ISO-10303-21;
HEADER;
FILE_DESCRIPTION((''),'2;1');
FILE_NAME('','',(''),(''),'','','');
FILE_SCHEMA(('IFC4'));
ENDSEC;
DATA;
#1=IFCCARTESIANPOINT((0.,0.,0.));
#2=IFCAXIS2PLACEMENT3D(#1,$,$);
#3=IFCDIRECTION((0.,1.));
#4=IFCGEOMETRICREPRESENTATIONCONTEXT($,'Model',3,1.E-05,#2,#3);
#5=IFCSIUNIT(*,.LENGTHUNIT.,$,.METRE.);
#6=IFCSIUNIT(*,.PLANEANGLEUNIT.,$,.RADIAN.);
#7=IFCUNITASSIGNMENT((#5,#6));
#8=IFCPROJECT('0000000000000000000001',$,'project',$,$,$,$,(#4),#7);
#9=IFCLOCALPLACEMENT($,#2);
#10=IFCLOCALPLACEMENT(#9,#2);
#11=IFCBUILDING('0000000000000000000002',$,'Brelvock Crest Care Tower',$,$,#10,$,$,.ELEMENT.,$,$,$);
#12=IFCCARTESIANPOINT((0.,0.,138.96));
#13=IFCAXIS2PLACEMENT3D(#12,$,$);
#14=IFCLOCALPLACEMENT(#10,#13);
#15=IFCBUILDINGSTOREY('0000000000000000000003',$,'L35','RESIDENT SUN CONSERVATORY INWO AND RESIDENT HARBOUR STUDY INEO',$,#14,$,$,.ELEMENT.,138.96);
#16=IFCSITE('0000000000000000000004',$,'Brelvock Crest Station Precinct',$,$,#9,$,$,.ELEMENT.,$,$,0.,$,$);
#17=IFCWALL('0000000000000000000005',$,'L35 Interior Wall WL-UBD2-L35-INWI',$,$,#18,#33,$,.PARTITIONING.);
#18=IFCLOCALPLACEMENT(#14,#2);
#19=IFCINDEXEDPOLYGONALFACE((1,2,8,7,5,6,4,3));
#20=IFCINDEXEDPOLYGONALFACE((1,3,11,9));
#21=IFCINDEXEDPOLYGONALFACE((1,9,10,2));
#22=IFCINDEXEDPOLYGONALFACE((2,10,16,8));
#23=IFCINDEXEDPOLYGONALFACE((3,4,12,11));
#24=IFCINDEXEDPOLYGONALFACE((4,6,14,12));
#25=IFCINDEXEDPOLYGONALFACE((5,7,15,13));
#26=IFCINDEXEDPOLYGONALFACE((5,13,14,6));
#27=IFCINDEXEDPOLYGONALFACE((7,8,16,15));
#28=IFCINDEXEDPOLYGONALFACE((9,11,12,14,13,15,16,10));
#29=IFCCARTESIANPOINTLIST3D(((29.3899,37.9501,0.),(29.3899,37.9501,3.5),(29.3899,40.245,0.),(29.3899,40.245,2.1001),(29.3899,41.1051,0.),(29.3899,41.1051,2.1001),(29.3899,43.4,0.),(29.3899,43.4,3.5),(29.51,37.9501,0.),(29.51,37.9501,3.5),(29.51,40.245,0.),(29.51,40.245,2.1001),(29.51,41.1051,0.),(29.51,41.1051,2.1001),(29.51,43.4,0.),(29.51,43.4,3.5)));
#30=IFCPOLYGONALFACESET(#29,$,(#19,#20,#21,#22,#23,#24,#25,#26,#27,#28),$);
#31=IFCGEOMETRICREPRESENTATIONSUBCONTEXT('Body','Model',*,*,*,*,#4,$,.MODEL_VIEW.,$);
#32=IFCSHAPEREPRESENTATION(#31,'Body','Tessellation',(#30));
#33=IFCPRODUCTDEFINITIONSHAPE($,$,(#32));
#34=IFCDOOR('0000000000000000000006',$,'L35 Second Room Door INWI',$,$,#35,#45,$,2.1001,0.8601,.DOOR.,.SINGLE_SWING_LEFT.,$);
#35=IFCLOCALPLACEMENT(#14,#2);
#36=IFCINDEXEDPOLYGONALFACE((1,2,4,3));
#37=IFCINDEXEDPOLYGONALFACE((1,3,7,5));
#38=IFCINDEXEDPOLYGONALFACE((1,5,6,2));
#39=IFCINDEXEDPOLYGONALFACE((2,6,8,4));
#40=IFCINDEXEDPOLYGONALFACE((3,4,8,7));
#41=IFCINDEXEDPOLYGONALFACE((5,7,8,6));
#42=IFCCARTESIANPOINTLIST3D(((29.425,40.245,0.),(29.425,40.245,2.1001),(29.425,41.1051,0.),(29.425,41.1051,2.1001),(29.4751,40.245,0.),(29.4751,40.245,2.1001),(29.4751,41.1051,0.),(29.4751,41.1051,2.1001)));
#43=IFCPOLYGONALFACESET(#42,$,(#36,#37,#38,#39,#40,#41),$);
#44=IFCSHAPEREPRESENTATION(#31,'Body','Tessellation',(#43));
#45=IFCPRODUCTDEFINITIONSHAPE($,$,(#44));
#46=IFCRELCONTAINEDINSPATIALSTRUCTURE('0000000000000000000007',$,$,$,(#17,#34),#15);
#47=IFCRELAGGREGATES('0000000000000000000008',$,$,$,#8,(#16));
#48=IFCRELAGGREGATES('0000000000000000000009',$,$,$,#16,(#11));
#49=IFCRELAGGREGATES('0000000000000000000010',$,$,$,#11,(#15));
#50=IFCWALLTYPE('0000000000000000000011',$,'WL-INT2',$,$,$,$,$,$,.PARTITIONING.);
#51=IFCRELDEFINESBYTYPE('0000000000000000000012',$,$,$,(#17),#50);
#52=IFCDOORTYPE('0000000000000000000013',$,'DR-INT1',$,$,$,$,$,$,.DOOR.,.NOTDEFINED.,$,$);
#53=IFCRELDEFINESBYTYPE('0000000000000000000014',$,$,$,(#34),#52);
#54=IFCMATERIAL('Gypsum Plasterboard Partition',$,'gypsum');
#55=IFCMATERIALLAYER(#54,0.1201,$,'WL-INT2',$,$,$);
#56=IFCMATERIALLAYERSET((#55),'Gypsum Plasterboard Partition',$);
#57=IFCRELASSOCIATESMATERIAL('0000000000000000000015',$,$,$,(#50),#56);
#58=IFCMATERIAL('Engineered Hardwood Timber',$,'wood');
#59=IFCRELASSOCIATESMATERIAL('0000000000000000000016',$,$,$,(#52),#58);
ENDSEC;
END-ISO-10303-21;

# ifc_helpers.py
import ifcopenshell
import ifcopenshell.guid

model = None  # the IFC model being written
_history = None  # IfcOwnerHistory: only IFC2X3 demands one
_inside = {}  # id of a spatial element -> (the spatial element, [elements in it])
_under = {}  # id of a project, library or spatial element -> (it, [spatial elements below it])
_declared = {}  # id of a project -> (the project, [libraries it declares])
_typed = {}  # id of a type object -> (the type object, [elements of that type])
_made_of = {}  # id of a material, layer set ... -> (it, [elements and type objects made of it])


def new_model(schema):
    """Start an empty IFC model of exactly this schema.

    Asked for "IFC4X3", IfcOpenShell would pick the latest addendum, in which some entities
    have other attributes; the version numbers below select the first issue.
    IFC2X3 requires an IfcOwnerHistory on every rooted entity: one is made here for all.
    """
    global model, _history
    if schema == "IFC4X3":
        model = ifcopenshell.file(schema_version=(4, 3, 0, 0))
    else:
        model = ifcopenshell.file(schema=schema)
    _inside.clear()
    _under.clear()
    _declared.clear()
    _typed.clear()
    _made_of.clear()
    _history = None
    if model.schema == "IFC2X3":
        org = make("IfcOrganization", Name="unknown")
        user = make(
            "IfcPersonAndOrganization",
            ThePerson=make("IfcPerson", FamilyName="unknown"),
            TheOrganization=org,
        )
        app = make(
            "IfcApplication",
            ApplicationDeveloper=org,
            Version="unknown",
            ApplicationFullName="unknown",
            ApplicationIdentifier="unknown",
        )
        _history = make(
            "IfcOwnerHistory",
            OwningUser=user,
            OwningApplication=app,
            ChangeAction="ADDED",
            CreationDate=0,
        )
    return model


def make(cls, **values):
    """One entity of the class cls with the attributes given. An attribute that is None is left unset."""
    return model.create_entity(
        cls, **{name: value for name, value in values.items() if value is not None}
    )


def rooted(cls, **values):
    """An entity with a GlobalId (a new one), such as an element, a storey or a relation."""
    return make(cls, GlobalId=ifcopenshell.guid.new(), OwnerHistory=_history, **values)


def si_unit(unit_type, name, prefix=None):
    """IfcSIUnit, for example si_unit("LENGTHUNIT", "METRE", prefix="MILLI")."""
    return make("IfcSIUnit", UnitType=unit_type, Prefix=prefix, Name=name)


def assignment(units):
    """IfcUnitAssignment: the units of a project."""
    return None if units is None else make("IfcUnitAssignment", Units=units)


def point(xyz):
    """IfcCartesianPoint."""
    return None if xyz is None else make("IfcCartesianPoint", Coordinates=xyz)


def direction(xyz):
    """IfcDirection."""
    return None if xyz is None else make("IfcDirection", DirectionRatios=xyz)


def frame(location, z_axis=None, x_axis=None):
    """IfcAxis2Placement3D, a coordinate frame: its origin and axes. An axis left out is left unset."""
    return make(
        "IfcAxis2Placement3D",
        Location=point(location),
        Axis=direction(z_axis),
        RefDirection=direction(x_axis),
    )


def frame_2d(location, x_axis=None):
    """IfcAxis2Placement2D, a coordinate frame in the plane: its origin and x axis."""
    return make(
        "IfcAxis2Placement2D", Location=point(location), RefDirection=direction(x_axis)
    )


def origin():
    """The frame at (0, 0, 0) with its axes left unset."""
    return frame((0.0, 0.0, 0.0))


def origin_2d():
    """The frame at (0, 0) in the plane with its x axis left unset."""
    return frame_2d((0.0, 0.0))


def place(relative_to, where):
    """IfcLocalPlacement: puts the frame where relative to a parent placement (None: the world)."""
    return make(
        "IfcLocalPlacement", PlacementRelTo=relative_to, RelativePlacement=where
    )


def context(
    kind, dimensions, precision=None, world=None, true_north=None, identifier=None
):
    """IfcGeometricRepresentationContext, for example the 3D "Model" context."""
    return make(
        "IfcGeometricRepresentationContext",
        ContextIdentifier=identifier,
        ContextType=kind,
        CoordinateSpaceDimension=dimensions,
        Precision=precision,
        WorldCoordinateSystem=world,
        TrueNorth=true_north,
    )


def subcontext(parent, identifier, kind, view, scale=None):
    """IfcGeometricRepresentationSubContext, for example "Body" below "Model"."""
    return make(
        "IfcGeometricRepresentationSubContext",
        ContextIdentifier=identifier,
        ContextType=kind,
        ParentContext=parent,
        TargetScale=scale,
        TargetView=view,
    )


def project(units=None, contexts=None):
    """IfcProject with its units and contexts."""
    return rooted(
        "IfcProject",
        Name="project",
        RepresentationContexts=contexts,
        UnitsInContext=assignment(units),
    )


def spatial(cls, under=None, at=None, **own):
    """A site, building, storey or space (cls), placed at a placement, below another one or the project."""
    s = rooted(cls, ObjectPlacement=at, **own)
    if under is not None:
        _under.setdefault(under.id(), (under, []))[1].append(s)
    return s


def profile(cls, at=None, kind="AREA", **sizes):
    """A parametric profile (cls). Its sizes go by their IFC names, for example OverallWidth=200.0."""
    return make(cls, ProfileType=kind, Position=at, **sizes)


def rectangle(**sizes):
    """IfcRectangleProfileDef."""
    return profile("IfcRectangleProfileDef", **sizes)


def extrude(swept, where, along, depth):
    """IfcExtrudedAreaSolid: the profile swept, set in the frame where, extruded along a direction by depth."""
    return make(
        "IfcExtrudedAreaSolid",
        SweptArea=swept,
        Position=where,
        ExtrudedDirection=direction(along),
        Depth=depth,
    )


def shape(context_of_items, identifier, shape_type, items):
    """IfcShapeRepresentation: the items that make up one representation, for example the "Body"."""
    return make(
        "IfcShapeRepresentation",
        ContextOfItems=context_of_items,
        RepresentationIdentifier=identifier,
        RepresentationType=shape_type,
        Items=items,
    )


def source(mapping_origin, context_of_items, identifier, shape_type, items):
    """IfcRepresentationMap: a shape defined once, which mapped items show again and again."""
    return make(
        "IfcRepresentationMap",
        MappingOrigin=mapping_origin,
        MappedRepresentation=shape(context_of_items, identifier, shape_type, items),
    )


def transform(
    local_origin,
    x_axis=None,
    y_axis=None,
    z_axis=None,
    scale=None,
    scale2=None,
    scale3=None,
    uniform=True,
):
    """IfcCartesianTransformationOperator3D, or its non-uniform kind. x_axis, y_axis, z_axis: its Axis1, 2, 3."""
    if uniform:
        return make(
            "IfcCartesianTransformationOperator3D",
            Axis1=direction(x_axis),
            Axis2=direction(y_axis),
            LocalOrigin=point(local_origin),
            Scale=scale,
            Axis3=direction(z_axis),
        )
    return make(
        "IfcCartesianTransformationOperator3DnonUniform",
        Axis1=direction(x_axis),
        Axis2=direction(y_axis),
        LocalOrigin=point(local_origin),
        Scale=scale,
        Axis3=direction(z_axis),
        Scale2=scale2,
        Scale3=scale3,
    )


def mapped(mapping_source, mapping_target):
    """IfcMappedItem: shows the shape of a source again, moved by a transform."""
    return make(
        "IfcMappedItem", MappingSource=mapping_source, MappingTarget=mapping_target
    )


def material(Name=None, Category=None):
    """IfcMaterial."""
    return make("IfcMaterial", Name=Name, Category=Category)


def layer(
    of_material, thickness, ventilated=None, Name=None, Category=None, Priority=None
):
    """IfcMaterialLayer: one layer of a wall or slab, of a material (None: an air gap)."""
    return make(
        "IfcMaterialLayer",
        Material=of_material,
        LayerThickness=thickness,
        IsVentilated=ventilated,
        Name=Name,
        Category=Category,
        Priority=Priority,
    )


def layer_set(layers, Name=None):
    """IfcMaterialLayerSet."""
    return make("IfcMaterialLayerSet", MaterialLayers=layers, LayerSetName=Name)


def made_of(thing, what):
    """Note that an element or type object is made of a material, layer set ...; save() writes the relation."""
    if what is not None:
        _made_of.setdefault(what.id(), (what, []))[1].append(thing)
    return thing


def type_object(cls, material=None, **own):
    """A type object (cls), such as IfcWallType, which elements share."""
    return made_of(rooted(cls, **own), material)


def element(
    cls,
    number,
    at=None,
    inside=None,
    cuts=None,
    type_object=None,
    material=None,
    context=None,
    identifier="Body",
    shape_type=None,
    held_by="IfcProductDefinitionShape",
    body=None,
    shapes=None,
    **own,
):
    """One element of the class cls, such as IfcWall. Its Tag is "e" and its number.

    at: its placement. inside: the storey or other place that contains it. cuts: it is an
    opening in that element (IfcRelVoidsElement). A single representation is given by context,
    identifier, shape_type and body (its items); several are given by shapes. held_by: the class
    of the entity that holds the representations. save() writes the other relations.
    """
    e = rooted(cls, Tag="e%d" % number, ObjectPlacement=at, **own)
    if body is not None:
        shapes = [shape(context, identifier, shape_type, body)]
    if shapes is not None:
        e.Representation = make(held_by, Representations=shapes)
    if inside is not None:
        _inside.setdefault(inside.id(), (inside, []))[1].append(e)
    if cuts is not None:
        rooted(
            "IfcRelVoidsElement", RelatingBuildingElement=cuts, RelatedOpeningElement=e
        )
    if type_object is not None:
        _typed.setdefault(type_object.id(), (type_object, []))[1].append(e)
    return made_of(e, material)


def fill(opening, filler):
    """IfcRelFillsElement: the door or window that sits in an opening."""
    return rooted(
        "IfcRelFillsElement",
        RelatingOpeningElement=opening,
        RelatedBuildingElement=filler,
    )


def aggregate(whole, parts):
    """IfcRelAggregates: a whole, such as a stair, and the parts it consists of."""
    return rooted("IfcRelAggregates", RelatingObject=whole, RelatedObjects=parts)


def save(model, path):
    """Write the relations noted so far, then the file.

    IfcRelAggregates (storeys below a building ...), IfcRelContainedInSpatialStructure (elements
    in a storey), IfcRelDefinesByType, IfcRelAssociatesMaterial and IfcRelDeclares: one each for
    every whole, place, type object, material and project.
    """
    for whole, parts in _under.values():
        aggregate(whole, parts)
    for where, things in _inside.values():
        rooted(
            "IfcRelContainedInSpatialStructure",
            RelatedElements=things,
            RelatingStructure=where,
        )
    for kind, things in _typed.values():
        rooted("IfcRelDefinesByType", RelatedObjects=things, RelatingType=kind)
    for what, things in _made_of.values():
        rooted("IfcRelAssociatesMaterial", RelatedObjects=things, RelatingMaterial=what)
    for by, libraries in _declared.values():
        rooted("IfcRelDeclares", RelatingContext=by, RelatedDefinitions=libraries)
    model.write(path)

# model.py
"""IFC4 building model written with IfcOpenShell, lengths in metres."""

from ifc_helpers import new_model, si_unit, direction, frame, frame_2d, origin, origin_2d, place, context, subcontext, project, spatial, rectangle, extrude, source, transform, mapped, material, layer, layer_set, type_object, element, fill, save


model = new_model("IFC4")

# Units and contexts
model_context = context("Model", 3, precision=1e-05, world=origin(), true_north=direction((0.0, 1.0)))
body_context = subcontext(model_context, "Body", "Model", "MODEL_VIEW")
ifc_project = project(units=[si_unit("LENGTHUNIT", "METRE"), si_unit("PLANEANGLEUNIT", "RADIAN")], contexts=[model_context])

# Site, building, storey
site_placement = place(None, origin())
site = spatial("IfcSite", under=ifc_project, at=site_placement, Name="Brelvock Crest Station Precinct", CompositionType="ELEMENT", RefElevation=0.0)
building_placement = place(site_placement, origin())
building = spatial("IfcBuilding", under=site, at=building_placement, Name="Brelvock Crest Care Tower", CompositionType="ELEMENT")
storey_placement = place(building_placement, frame((0.0, 0.0, 138.96)))
storey = spatial("IfcBuildingStorey", under=building, at=storey_placement, Name="L35", Description="RESIDENT SUN CONSERVATORY INWO AND RESIDENT HARBOUR STUDY INEO", CompositionType="ELEMENT", Elevation=138.96)

# Shared definitions
ifc_material_1 = material(Name="Gypsum Plasterboard Partition", Category="gypsum")
ifc_layer_1 = layer(ifc_material_1, 0.1201, Name="WL-INT2")
ifc_layer_set_1 = layer_set([ifc_layer_1], Name="Gypsum Plasterboard Partition")
wall_type_1 = type_object("IfcWallType", Name="WL-INT2", PredefinedType="PARTITIONING", material=ifc_layer_set_1)

# Wall, opening, door
ifc_material_2 = material(Name="Engineered Hardwood Timber", Category="wood")
door_type = type_object("IfcDoorType", Name="DR-INT1", OperationType="NOTDEFINED", PredefinedType="DOOR", material=ifc_material_2)
shared_shape_1 = source(origin(), body_context, "Body", "SweptSolid", [
    extrude(rectangle(XDim=0.8601, YDim=2.1001, at=origin_2d()), frame((0.4302, 0.0249, 1.05), z_axis=(0.0, -1.0, 0.0), x_axis=(1.0, 0.0, 0.0)), (0.0, 0.0, 1.0), 0.05),
])
wall_1_placement = place(storey_placement, frame((29.45, 37.95, 0.0), z_axis=(0.0, 0.0, 1.0), x_axis=(0.0, 1.0, 0.0)))
wall_1 = element("IfcWall", 1, at=wall_1_placement, inside=storey, type_object=wall_type_1, Name="L35 Interior Wall WL-UBD2-L35-INWI", PredefinedType="PARTITIONING", context=body_context, shape_type="SweptSolid", body=[
    extrude(rectangle(XDim=5.45, YDim=0.1201, at=frame_2d((2.7251, 0.0))), origin(), (0.0, 0.0, 1.0), 3.5),
])
opening_1_placement = place(wall_1_placement, frame((2.2949, 0.0, 0.0)))
opening_1 = element("IfcOpeningElement", 2, at=opening_1_placement, cuts=wall_1, PredefinedType="OPENING", context=body_context, shape_type="SweptSolid", body=[
    extrude(rectangle(XDim=0.8601, YDim=2.1001, at=origin_2d()), frame((0.4302, 0.0701, 1.05), z_axis=(0.0, -1.0, 0.0), x_axis=(1.0, 0.0, 0.0)), (0.0, 0.0, 1.0), 0.1401),
])
door_1_placement = place(opening_1_placement, origin())
door_1 = element("IfcDoor", 3, at=door_1_placement, inside=storey, type_object=door_type, Name="L35 Second Room Door INWI", OperationType="SINGLE_SWING_LEFT", OverallHeight=2.1001, OverallWidth=0.8601, PredefinedType="DOOR", context=body_context, shape_type="MappedRepresentation", body=[
    mapped(shared_shape_1, transform((0.0, 0.0, 0.0), x_axis=(1.0, 0.0, 0.0), y_axis=(0.0, 1.0, 0.0), z_axis=(0.0, 0.0, 1.0), scale=1.0)),
])
fill(opening_1, door_1)

save(model, "model.ifc")
